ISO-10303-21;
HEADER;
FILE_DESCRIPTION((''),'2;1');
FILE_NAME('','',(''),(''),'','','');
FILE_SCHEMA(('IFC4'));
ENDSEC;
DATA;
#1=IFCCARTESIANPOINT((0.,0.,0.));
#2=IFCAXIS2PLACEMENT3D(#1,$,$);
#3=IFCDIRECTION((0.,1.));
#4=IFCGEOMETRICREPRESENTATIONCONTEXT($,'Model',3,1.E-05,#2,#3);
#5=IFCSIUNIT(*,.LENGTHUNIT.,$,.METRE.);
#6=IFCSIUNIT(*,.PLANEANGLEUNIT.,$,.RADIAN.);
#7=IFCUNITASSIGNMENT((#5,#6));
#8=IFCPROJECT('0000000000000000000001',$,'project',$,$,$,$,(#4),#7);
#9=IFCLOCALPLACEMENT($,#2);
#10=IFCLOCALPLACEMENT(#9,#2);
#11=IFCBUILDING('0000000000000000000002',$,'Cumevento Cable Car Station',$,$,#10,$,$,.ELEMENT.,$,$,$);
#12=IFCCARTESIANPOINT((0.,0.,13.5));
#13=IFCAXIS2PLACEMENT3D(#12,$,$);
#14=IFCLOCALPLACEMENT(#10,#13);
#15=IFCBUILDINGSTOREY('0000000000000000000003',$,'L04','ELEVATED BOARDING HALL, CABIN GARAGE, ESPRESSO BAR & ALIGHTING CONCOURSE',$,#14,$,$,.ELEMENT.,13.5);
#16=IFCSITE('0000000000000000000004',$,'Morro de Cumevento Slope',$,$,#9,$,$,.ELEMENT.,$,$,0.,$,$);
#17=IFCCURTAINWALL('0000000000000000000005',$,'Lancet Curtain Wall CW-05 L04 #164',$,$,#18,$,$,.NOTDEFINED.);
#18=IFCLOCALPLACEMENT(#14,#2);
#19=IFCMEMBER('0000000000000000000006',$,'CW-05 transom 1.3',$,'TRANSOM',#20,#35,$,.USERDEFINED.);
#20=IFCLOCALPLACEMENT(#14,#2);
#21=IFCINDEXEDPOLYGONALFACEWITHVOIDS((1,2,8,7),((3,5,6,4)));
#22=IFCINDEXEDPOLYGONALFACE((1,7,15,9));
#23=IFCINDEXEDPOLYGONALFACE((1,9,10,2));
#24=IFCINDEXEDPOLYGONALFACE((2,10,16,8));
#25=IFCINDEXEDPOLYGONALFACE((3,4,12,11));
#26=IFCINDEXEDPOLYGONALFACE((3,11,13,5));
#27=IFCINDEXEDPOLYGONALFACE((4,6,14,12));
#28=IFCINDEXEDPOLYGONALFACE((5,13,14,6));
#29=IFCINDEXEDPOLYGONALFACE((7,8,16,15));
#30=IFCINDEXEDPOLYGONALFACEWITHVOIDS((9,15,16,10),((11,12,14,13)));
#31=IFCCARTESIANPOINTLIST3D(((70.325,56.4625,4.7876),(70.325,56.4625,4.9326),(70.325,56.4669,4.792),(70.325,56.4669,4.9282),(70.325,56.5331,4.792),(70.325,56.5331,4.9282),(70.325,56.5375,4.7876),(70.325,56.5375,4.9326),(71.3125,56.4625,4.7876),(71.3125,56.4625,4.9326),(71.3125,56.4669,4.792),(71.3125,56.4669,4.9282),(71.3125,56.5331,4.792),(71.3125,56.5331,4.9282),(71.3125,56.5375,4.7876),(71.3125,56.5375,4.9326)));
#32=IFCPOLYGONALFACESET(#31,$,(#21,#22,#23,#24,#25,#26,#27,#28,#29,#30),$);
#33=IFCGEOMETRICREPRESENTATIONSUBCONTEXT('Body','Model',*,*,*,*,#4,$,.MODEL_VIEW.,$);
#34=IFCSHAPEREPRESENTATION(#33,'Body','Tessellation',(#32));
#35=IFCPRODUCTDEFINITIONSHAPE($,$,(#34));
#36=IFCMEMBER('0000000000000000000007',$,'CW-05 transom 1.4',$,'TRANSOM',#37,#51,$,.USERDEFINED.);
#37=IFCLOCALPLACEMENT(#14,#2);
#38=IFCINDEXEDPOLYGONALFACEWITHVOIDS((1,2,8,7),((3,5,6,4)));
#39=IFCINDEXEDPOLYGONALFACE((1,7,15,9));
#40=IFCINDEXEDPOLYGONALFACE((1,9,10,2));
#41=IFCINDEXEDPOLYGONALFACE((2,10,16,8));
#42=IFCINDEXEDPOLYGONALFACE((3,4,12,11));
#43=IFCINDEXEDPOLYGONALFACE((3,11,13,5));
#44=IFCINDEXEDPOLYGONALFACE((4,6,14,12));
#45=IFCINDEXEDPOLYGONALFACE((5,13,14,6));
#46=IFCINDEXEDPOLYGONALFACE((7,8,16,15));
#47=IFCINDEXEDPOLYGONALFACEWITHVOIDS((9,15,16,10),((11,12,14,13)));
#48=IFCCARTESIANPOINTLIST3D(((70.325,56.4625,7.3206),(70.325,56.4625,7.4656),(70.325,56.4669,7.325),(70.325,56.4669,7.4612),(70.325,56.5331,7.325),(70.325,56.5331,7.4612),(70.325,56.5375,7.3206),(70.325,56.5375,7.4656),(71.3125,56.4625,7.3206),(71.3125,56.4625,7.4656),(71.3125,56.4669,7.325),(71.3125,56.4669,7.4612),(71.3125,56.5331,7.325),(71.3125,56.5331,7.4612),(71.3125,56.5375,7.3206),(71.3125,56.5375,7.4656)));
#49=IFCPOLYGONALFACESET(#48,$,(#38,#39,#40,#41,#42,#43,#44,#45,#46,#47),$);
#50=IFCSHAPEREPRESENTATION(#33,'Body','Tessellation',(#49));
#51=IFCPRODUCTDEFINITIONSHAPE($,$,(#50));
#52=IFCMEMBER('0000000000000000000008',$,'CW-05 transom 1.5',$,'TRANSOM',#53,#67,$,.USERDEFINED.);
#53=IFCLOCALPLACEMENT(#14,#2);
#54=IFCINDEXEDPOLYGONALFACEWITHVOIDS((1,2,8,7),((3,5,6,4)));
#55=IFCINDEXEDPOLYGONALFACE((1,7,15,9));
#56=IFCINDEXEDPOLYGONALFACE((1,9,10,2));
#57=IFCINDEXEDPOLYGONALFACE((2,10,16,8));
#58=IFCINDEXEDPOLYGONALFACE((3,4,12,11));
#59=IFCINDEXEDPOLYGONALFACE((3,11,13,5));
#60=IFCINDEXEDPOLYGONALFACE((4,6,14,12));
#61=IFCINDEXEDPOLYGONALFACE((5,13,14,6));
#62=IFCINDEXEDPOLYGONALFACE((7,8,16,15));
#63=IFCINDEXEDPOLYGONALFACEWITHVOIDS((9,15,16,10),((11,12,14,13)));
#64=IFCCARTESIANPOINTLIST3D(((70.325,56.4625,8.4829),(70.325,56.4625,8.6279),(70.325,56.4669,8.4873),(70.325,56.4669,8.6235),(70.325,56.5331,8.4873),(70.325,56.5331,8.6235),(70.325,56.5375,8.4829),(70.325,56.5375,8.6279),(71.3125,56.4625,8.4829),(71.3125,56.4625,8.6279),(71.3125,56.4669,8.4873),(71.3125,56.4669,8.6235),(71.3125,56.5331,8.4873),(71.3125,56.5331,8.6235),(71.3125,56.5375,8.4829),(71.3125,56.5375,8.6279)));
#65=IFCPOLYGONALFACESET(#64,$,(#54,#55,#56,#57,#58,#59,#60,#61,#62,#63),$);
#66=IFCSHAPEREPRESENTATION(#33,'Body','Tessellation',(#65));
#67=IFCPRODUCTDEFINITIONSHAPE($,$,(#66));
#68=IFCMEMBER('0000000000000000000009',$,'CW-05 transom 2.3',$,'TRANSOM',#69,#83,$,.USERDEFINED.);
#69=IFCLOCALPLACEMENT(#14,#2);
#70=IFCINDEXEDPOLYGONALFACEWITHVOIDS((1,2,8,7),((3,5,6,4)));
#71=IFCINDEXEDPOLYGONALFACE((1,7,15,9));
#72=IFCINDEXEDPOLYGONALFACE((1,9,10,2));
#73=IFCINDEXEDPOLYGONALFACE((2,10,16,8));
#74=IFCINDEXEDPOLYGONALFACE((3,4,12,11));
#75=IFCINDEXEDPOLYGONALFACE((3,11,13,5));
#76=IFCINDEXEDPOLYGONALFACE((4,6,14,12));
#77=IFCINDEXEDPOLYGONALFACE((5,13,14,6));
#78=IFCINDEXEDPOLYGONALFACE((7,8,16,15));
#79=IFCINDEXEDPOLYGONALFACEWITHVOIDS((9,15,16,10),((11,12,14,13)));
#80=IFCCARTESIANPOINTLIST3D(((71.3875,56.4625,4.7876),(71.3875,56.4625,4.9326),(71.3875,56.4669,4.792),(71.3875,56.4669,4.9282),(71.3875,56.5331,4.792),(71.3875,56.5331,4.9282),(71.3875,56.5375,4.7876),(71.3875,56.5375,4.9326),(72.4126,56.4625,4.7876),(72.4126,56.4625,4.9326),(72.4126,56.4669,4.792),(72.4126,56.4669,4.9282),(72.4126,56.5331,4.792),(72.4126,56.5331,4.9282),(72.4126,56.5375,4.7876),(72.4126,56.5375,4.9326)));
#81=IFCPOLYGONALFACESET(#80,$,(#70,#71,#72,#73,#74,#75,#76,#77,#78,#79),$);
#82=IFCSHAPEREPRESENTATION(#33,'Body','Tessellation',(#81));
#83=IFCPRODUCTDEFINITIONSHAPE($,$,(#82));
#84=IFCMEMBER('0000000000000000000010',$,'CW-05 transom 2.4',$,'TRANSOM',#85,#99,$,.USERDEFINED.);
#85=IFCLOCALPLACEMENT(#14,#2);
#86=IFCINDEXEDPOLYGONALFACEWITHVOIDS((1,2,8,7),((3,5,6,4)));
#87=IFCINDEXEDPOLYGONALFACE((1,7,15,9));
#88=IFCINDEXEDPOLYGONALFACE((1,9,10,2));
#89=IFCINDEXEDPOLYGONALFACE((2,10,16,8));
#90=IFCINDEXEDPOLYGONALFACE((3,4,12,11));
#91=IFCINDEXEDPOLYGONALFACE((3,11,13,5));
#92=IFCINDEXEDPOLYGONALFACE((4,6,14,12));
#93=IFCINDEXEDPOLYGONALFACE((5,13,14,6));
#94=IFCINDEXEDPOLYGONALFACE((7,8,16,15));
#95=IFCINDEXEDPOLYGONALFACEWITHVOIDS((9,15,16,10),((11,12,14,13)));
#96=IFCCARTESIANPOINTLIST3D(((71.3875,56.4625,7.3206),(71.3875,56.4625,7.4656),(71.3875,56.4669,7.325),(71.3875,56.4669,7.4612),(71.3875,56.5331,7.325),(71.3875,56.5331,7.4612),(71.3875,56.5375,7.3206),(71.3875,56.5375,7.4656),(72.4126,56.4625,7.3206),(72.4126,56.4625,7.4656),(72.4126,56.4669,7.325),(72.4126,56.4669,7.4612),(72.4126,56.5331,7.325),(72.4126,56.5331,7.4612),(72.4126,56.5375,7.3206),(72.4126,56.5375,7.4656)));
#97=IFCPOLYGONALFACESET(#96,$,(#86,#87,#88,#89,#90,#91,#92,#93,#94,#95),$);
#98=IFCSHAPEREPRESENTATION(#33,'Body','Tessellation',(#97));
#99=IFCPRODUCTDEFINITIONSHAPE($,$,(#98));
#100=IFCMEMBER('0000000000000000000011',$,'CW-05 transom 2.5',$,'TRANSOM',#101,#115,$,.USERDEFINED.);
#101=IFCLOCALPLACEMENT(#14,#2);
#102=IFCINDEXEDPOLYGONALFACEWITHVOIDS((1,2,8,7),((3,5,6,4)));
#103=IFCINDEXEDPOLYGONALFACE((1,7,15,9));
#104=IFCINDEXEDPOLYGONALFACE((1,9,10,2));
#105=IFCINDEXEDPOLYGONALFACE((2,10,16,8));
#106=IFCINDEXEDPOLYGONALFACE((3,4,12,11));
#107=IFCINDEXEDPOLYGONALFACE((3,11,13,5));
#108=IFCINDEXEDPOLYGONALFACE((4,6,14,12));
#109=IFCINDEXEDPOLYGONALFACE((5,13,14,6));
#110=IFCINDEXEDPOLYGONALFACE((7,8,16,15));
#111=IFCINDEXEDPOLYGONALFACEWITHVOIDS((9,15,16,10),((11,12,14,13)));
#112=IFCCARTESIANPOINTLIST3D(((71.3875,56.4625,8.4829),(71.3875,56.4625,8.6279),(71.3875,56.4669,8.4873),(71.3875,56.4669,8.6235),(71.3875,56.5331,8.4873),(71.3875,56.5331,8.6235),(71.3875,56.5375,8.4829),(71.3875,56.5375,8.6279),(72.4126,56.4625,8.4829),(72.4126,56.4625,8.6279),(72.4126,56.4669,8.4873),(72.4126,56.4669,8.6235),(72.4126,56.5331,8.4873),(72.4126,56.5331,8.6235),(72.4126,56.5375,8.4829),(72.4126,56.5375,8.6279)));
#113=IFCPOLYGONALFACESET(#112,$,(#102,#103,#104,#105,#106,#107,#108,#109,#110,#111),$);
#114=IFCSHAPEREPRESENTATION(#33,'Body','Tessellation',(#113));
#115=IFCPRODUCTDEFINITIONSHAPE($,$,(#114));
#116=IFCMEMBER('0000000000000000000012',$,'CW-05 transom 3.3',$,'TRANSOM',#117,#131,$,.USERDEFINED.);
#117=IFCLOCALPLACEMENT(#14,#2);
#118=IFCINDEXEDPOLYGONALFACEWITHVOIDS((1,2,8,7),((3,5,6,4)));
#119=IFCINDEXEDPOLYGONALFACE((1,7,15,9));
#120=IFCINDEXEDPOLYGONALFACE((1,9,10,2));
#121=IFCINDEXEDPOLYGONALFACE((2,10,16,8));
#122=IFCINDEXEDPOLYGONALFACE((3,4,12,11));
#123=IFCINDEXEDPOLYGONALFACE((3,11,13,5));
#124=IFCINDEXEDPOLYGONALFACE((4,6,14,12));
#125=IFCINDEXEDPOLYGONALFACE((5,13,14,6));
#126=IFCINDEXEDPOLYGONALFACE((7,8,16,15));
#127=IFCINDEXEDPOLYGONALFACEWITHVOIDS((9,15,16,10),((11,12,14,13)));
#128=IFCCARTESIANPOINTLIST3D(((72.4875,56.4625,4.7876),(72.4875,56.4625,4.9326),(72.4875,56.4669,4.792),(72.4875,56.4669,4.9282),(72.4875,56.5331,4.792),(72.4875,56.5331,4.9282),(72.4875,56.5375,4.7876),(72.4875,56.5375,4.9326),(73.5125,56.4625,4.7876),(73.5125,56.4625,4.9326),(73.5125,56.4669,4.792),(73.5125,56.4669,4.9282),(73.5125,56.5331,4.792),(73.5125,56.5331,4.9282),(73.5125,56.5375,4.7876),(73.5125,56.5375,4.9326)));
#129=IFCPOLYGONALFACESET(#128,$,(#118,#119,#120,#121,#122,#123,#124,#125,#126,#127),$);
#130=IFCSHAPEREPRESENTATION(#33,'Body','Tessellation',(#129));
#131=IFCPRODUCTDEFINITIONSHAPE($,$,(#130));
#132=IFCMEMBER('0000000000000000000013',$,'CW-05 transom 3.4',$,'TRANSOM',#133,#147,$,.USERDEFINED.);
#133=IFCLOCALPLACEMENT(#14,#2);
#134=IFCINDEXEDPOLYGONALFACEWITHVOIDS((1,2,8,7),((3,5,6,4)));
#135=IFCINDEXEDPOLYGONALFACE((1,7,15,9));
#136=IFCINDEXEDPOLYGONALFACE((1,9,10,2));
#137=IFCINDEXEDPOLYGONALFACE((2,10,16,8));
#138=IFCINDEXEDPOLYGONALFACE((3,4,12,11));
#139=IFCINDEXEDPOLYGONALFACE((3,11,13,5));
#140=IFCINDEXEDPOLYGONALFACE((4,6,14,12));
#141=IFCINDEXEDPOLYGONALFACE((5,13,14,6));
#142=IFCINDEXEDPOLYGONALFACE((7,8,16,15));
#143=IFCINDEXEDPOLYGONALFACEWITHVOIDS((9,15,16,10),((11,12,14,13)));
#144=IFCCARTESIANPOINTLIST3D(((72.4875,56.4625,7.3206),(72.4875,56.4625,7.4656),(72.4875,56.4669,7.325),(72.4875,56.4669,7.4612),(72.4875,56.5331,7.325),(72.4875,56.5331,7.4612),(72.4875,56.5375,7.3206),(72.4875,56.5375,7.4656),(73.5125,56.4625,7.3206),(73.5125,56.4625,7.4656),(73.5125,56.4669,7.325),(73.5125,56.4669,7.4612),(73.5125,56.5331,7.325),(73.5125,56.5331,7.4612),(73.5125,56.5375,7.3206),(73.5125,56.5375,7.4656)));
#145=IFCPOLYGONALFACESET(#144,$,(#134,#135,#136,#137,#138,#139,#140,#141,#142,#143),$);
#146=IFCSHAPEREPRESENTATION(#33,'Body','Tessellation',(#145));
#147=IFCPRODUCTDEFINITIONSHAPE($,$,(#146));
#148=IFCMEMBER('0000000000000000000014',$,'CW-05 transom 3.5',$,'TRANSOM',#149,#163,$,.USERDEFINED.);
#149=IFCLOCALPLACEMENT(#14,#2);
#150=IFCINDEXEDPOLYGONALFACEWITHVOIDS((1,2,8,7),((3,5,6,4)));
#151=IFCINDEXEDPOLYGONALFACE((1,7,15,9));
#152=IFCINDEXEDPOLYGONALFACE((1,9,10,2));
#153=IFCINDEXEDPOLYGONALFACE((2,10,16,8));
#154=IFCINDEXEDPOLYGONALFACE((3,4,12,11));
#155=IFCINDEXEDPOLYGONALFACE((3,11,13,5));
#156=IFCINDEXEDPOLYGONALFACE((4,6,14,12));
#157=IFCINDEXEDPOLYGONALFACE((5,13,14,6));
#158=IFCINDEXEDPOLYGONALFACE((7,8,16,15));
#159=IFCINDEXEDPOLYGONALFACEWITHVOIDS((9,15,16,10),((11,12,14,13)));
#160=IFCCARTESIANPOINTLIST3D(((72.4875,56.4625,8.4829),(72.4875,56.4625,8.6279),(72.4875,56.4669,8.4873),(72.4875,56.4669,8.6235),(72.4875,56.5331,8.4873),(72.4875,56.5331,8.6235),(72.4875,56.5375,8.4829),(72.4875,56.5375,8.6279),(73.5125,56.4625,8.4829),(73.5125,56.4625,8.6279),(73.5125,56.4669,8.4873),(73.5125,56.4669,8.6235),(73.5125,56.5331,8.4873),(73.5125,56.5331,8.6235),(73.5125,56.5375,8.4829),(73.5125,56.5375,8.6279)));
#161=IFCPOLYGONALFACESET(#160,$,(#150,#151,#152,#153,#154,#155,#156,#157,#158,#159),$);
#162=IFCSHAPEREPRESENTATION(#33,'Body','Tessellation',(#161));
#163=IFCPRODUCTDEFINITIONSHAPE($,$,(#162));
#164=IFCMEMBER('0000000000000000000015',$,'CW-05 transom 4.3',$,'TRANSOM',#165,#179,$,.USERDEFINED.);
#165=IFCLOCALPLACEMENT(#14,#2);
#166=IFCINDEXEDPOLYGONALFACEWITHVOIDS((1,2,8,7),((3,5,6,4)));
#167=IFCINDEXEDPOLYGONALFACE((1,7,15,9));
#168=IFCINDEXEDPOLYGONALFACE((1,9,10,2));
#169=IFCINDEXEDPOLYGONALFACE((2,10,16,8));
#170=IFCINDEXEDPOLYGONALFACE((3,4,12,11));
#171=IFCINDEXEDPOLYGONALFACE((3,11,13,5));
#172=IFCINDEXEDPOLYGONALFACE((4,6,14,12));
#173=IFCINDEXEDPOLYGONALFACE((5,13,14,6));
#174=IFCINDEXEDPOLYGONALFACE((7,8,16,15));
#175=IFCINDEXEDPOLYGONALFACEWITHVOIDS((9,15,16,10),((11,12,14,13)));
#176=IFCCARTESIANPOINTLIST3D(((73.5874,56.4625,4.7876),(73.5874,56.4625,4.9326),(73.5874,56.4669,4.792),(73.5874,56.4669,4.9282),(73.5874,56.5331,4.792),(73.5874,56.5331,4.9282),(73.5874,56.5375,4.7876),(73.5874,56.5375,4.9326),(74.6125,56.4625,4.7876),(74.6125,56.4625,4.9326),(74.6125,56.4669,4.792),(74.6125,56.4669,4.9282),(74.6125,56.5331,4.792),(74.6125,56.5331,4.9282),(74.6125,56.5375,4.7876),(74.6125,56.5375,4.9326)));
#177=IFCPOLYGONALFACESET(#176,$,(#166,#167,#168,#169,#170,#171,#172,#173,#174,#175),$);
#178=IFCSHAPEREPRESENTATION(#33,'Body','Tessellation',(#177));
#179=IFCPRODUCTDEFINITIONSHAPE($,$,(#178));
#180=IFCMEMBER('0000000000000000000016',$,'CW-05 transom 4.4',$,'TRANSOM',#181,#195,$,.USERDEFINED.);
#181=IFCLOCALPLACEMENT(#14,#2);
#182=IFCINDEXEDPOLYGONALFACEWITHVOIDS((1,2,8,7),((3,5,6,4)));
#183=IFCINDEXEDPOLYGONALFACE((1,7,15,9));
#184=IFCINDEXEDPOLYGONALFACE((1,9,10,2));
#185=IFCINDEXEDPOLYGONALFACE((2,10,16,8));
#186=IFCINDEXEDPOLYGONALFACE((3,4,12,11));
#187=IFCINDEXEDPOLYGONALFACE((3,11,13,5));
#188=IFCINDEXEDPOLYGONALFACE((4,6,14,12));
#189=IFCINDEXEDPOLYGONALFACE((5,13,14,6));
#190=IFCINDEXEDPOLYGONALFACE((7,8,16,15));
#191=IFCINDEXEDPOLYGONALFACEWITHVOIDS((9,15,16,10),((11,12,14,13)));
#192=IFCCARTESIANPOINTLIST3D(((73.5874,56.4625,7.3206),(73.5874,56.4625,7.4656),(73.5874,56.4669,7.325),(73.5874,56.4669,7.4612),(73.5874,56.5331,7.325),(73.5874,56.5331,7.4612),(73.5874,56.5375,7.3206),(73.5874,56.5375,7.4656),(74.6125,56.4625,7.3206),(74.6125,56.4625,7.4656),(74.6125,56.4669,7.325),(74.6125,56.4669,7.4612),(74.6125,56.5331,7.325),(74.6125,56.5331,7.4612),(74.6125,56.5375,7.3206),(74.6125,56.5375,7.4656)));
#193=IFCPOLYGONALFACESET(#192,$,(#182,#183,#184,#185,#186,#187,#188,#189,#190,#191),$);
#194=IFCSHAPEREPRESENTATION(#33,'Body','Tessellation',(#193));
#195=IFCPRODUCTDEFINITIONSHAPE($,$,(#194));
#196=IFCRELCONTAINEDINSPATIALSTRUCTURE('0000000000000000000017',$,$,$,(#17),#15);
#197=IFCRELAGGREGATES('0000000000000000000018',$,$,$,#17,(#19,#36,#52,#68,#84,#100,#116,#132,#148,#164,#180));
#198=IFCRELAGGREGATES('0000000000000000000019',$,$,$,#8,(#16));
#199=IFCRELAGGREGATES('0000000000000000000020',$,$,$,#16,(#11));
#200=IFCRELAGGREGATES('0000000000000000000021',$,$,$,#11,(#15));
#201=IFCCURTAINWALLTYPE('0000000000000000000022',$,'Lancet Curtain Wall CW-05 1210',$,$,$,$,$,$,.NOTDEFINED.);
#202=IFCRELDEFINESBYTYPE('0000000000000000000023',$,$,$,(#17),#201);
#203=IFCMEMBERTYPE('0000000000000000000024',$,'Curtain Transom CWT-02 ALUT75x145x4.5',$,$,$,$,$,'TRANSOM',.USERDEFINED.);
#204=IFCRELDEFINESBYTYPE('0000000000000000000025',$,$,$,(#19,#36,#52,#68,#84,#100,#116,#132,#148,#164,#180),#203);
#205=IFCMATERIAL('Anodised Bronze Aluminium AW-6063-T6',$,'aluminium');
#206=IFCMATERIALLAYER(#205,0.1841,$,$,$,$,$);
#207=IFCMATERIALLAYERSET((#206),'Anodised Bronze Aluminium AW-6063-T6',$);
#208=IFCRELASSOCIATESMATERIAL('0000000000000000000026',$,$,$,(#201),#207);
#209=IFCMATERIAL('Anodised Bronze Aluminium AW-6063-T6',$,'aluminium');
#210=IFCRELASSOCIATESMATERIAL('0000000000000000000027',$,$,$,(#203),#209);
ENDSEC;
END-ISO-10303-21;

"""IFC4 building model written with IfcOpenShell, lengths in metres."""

from ifc_helpers import new_model, si_unit, direction, frame, origin, origin_2d, place, context, subcontext, project, spatial, hollow_rectangle, extrude, material, layer, layer_set, material_profile, profile_set, type_object, element, aggregate, save


model = new_model("IFC4")

# Units and contexts
model_context = context("Model", 3, precision=1e-05, world=origin(), true_north=direction((0.0, 1.0)))
body_context = subcontext(model_context, "Body", "Model", "MODEL_VIEW")
ifc_project = project(units=[si_unit("LENGTHUNIT", "METRE"), si_unit("PLANEANGLEUNIT", "RADIAN")], contexts=[model_context])

# Site, building, storey
site_placement = place(None, origin())
site = spatial("IfcSite", under=ifc_project, at=site_placement, Name="Morro de Cumevento Slope", CompositionType="ELEMENT", RefElevation=0.0)
building_placement = place(site_placement, origin())
building = spatial("IfcBuilding", under=site, at=building_placement, Name="Cumevento Cable Car Station", CompositionType="ELEMENT")
storey_placement = place(building_placement, frame((0.0, 0.0, 13.5)))
storey = spatial("IfcBuildingStorey", under=building, at=storey_placement, Name="L04", Description="ELEVATED BOARDING HALL, CABIN GARAGE, ESPRESSO BAR & ALIGHTING CONCOURSE", CompositionType="ELEMENT", Elevation=13.5)

# Curtain wall, members
ifc_material_1 = material(Name="Anodised Bronze Aluminium AW-6063-T6", Category="aluminium")
ifc_layer_1 = layer(ifc_material_1, 0.1841)
ifc_layer_set_1 = layer_set([ifc_layer_1], Name="Anodised Bronze Aluminium AW-6063-T6")
curtain_wall_type = type_object("IfcCurtainWallType", Name="Lancet Curtain Wall CW-05 1210", PredefinedType="NOTDEFINED", material=ifc_layer_set_1)
curtain_wall_placement = place(storey_placement, origin())
curtain_wall = element("IfcCurtainWall", 1, at=curtain_wall_placement, inside=storey, type_object=curtain_wall_type, Name="Lancet Curtain Wall CW-05 L04 #164", PredefinedType="NOTDEFINED")
ifc_material_2 = material(Name="Anodised Bronze Aluminium AW-6063-T6", Category="aluminium")
ifc_material_profile_1 = material_profile(ifc_material_2, hollow_rectangle(XDim=0.075, YDim=0.145, WallThickness=0.0044, at=origin_2d()), Name="ALUT75x145x4.5")
ifc_profile_set_1 = profile_set([ifc_material_profile_1], Name="Anodised Bronze Aluminium AW-6063-T6")
member_type = type_object("IfcMemberType", Name="Curtain Transom CWT-02 ALUT75x145x4.5", ElementType="TRANSOM", PredefinedType="USERDEFINED", material=ifc_profile_set_1)
member_1_placement = place(storey_placement, frame((70.325, 56.5, 4.8601), z_axis=(1.0, 0.0, 0.0), x_axis=(0.0, 1.0, 0.0)))
member_1 = element("IfcMember", 2, at=member_1_placement, type_object=member_type, Name="CW-05 transom 1.3", ObjectType="TRANSOM", PredefinedType="USERDEFINED", context=body_context, shape_type="SweptSolid", body=[
    extrude(hollow_rectangle(XDim=0.075, YDim=0.145, WallThickness=0.0044, at=origin_2d()), origin(), (0.0, 0.0, 1.0), 0.9875),
])
member_2_placement = place(storey_placement, frame((70.325, 56.5, 7.3931), z_axis=(1.0, 0.0, 0.0), x_axis=(0.0, 1.0, 0.0)))
member_2 = element("IfcMember", 3, at=member_2_placement, type_object=member_type, Name="CW-05 transom 1.4", ObjectType="TRANSOM", PredefinedType="USERDEFINED", context=body_context, shape_type="SweptSolid", body=[
    extrude(hollow_rectangle(XDim=0.075, YDim=0.145, WallThickness=0.0044, at=origin_2d()), origin(), (0.0, 0.0, 1.0), 0.9875),
])
member_3_placement = place(storey_placement, frame((70.325, 56.5, 8.5554), z_axis=(1.0, 0.0, 0.0), x_axis=(0.0, 1.0, 0.0)))
member_3 = element("IfcMember", 4, at=member_3_placement, type_object=member_type, Name="CW-05 transom 1.5", ObjectType="TRANSOM", PredefinedType="USERDEFINED", context=body_context, shape_type="SweptSolid", body=[
    extrude(hollow_rectangle(XDim=0.075, YDim=0.145, WallThickness=0.0044, at=origin_2d()), origin(), (0.0, 0.0, 1.0), 0.9875),
])
member_4_placement = place(storey_placement, frame((71.3875, 56.5, 4.8601), z_axis=(1.0, 0.0, 0.0), x_axis=(0.0, 1.0, 0.0)))
member_4 = element("IfcMember", 5, at=member_4_placement, type_object=member_type, Name="CW-05 transom 2.3", ObjectType="TRANSOM", PredefinedType="USERDEFINED", context=body_context, shape_type="SweptSolid", body=[
    extrude(hollow_rectangle(XDim=0.075, YDim=0.145, WallThickness=0.0044, at=origin_2d()), origin(), (0.0, 0.0, 1.0), 1.0251),
])
member_5_placement = place(storey_placement, frame((71.3875, 56.5, 7.3931), z_axis=(1.0, 0.0, 0.0), x_axis=(0.0, 1.0, 0.0)))
member_5 = element("IfcMember", 6, at=member_5_placement, type_object=member_type, Name="CW-05 transom 2.4", ObjectType="TRANSOM", PredefinedType="USERDEFINED", context=body_context, shape_type="SweptSolid", body=[
    extrude(hollow_rectangle(XDim=0.075, YDim=0.145, WallThickness=0.0044, at=origin_2d()), origin(), (0.0, 0.0, 1.0), 1.0251),
])
member_6_placement = place(storey_placement, frame((71.3875, 56.5, 8.5554), z_axis=(1.0, 0.0, 0.0), x_axis=(0.0, 1.0, 0.0)))
member_6 = element("IfcMember", 7, at=member_6_placement, type_object=member_type, Name="CW-05 transom 2.5", ObjectType="TRANSOM", PredefinedType="USERDEFINED", context=body_context, shape_type="SweptSolid", body=[
    extrude(hollow_rectangle(XDim=0.075, YDim=0.145, WallThickness=0.0044, at=origin_2d()), origin(), (0.0, 0.0, 1.0), 1.0251),
])
member_7_placement = place(storey_placement, frame((72.4875, 56.5, 4.8601), z_axis=(1.0, 0.0, 0.0), x_axis=(0.0, 1.0, 0.0)))
member_7 = element("IfcMember", 8, at=member_7_placement, type_object=member_type, Name="CW-05 transom 3.3", ObjectType="TRANSOM", PredefinedType="USERDEFINED", context=body_context, shape_type="SweptSolid", body=[
    extrude(hollow_rectangle(XDim=0.075, YDim=0.145, WallThickness=0.0044, at=origin_2d()), origin(), (0.0, 0.0, 1.0), 1.0249),
])
member_8_placement = place(storey_placement, frame((72.4875, 56.5, 7.3931), z_axis=(1.0, 0.0, 0.0), x_axis=(0.0, 1.0, 0.0)))
member_8 = element("IfcMember", 9, at=member_8_placement, type_object=member_type, Name="CW-05 transom 3.4", ObjectType="TRANSOM", PredefinedType="USERDEFINED", context=body_context, shape_type="SweptSolid", body=[
    extrude(hollow_rectangle(XDim=0.075, YDim=0.145, WallThickness=0.0044, at=origin_2d()), origin(), (0.0, 0.0, 1.0), 1.0249),
])
member_9_placement = place(storey_placement, frame((72.4875, 56.5, 8.5554), z_axis=(1.0, 0.0, 0.0), x_axis=(0.0, 1.0, 0.0)))
member_9 = element("IfcMember", 10, at=member_9_placement, type_object=member_type, Name="CW-05 transom 3.5", ObjectType="TRANSOM", PredefinedType="USERDEFINED", context=body_context, shape_type="SweptSolid", body=[
    extrude(hollow_rectangle(XDim=0.075, YDim=0.145, WallThickness=0.0044, at=origin_2d()), origin(), (0.0, 0.0, 1.0), 1.0249),
])
member_10_placement = place(storey_placement, frame((73.5874, 56.5, 4.8601), z_axis=(1.0, 0.0, 0.0), x_axis=(0.0, 1.0, 0.0)))
member_10 = element("IfcMember", 11, at=member_10_placement, type_object=member_type, Name="CW-05 transom 4.3", ObjectType="TRANSOM", PredefinedType="USERDEFINED", context=body_context, shape_type="SweptSolid", body=[
    extrude(hollow_rectangle(XDim=0.075, YDim=0.145, WallThickness=0.0044, at=origin_2d()), origin(), (0.0, 0.0, 1.0), 1.0251),
])
member_11_placement = place(storey_placement, frame((73.5874, 56.5, 7.3931), z_axis=(1.0, 0.0, 0.0), x_axis=(0.0, 1.0, 0.0)))
member_11 = element("IfcMember", 12, at=member_11_placement, type_object=member_type, Name="CW-05 transom 4.4", ObjectType="TRANSOM", PredefinedType="USERDEFINED", context=body_context, shape_type="SweptSolid", body=[
    extrude(hollow_rectangle(XDim=0.075, YDim=0.145, WallThickness=0.0044, at=origin_2d()), origin(), (0.0, 0.0, 1.0), 1.0251),
])

aggregate(curtain_wall, [member_1, member_2, member_3, member_4, member_5, member_6, member_7, member_8, member_9, member_10, member_11])

save(model, "model.ifc")
